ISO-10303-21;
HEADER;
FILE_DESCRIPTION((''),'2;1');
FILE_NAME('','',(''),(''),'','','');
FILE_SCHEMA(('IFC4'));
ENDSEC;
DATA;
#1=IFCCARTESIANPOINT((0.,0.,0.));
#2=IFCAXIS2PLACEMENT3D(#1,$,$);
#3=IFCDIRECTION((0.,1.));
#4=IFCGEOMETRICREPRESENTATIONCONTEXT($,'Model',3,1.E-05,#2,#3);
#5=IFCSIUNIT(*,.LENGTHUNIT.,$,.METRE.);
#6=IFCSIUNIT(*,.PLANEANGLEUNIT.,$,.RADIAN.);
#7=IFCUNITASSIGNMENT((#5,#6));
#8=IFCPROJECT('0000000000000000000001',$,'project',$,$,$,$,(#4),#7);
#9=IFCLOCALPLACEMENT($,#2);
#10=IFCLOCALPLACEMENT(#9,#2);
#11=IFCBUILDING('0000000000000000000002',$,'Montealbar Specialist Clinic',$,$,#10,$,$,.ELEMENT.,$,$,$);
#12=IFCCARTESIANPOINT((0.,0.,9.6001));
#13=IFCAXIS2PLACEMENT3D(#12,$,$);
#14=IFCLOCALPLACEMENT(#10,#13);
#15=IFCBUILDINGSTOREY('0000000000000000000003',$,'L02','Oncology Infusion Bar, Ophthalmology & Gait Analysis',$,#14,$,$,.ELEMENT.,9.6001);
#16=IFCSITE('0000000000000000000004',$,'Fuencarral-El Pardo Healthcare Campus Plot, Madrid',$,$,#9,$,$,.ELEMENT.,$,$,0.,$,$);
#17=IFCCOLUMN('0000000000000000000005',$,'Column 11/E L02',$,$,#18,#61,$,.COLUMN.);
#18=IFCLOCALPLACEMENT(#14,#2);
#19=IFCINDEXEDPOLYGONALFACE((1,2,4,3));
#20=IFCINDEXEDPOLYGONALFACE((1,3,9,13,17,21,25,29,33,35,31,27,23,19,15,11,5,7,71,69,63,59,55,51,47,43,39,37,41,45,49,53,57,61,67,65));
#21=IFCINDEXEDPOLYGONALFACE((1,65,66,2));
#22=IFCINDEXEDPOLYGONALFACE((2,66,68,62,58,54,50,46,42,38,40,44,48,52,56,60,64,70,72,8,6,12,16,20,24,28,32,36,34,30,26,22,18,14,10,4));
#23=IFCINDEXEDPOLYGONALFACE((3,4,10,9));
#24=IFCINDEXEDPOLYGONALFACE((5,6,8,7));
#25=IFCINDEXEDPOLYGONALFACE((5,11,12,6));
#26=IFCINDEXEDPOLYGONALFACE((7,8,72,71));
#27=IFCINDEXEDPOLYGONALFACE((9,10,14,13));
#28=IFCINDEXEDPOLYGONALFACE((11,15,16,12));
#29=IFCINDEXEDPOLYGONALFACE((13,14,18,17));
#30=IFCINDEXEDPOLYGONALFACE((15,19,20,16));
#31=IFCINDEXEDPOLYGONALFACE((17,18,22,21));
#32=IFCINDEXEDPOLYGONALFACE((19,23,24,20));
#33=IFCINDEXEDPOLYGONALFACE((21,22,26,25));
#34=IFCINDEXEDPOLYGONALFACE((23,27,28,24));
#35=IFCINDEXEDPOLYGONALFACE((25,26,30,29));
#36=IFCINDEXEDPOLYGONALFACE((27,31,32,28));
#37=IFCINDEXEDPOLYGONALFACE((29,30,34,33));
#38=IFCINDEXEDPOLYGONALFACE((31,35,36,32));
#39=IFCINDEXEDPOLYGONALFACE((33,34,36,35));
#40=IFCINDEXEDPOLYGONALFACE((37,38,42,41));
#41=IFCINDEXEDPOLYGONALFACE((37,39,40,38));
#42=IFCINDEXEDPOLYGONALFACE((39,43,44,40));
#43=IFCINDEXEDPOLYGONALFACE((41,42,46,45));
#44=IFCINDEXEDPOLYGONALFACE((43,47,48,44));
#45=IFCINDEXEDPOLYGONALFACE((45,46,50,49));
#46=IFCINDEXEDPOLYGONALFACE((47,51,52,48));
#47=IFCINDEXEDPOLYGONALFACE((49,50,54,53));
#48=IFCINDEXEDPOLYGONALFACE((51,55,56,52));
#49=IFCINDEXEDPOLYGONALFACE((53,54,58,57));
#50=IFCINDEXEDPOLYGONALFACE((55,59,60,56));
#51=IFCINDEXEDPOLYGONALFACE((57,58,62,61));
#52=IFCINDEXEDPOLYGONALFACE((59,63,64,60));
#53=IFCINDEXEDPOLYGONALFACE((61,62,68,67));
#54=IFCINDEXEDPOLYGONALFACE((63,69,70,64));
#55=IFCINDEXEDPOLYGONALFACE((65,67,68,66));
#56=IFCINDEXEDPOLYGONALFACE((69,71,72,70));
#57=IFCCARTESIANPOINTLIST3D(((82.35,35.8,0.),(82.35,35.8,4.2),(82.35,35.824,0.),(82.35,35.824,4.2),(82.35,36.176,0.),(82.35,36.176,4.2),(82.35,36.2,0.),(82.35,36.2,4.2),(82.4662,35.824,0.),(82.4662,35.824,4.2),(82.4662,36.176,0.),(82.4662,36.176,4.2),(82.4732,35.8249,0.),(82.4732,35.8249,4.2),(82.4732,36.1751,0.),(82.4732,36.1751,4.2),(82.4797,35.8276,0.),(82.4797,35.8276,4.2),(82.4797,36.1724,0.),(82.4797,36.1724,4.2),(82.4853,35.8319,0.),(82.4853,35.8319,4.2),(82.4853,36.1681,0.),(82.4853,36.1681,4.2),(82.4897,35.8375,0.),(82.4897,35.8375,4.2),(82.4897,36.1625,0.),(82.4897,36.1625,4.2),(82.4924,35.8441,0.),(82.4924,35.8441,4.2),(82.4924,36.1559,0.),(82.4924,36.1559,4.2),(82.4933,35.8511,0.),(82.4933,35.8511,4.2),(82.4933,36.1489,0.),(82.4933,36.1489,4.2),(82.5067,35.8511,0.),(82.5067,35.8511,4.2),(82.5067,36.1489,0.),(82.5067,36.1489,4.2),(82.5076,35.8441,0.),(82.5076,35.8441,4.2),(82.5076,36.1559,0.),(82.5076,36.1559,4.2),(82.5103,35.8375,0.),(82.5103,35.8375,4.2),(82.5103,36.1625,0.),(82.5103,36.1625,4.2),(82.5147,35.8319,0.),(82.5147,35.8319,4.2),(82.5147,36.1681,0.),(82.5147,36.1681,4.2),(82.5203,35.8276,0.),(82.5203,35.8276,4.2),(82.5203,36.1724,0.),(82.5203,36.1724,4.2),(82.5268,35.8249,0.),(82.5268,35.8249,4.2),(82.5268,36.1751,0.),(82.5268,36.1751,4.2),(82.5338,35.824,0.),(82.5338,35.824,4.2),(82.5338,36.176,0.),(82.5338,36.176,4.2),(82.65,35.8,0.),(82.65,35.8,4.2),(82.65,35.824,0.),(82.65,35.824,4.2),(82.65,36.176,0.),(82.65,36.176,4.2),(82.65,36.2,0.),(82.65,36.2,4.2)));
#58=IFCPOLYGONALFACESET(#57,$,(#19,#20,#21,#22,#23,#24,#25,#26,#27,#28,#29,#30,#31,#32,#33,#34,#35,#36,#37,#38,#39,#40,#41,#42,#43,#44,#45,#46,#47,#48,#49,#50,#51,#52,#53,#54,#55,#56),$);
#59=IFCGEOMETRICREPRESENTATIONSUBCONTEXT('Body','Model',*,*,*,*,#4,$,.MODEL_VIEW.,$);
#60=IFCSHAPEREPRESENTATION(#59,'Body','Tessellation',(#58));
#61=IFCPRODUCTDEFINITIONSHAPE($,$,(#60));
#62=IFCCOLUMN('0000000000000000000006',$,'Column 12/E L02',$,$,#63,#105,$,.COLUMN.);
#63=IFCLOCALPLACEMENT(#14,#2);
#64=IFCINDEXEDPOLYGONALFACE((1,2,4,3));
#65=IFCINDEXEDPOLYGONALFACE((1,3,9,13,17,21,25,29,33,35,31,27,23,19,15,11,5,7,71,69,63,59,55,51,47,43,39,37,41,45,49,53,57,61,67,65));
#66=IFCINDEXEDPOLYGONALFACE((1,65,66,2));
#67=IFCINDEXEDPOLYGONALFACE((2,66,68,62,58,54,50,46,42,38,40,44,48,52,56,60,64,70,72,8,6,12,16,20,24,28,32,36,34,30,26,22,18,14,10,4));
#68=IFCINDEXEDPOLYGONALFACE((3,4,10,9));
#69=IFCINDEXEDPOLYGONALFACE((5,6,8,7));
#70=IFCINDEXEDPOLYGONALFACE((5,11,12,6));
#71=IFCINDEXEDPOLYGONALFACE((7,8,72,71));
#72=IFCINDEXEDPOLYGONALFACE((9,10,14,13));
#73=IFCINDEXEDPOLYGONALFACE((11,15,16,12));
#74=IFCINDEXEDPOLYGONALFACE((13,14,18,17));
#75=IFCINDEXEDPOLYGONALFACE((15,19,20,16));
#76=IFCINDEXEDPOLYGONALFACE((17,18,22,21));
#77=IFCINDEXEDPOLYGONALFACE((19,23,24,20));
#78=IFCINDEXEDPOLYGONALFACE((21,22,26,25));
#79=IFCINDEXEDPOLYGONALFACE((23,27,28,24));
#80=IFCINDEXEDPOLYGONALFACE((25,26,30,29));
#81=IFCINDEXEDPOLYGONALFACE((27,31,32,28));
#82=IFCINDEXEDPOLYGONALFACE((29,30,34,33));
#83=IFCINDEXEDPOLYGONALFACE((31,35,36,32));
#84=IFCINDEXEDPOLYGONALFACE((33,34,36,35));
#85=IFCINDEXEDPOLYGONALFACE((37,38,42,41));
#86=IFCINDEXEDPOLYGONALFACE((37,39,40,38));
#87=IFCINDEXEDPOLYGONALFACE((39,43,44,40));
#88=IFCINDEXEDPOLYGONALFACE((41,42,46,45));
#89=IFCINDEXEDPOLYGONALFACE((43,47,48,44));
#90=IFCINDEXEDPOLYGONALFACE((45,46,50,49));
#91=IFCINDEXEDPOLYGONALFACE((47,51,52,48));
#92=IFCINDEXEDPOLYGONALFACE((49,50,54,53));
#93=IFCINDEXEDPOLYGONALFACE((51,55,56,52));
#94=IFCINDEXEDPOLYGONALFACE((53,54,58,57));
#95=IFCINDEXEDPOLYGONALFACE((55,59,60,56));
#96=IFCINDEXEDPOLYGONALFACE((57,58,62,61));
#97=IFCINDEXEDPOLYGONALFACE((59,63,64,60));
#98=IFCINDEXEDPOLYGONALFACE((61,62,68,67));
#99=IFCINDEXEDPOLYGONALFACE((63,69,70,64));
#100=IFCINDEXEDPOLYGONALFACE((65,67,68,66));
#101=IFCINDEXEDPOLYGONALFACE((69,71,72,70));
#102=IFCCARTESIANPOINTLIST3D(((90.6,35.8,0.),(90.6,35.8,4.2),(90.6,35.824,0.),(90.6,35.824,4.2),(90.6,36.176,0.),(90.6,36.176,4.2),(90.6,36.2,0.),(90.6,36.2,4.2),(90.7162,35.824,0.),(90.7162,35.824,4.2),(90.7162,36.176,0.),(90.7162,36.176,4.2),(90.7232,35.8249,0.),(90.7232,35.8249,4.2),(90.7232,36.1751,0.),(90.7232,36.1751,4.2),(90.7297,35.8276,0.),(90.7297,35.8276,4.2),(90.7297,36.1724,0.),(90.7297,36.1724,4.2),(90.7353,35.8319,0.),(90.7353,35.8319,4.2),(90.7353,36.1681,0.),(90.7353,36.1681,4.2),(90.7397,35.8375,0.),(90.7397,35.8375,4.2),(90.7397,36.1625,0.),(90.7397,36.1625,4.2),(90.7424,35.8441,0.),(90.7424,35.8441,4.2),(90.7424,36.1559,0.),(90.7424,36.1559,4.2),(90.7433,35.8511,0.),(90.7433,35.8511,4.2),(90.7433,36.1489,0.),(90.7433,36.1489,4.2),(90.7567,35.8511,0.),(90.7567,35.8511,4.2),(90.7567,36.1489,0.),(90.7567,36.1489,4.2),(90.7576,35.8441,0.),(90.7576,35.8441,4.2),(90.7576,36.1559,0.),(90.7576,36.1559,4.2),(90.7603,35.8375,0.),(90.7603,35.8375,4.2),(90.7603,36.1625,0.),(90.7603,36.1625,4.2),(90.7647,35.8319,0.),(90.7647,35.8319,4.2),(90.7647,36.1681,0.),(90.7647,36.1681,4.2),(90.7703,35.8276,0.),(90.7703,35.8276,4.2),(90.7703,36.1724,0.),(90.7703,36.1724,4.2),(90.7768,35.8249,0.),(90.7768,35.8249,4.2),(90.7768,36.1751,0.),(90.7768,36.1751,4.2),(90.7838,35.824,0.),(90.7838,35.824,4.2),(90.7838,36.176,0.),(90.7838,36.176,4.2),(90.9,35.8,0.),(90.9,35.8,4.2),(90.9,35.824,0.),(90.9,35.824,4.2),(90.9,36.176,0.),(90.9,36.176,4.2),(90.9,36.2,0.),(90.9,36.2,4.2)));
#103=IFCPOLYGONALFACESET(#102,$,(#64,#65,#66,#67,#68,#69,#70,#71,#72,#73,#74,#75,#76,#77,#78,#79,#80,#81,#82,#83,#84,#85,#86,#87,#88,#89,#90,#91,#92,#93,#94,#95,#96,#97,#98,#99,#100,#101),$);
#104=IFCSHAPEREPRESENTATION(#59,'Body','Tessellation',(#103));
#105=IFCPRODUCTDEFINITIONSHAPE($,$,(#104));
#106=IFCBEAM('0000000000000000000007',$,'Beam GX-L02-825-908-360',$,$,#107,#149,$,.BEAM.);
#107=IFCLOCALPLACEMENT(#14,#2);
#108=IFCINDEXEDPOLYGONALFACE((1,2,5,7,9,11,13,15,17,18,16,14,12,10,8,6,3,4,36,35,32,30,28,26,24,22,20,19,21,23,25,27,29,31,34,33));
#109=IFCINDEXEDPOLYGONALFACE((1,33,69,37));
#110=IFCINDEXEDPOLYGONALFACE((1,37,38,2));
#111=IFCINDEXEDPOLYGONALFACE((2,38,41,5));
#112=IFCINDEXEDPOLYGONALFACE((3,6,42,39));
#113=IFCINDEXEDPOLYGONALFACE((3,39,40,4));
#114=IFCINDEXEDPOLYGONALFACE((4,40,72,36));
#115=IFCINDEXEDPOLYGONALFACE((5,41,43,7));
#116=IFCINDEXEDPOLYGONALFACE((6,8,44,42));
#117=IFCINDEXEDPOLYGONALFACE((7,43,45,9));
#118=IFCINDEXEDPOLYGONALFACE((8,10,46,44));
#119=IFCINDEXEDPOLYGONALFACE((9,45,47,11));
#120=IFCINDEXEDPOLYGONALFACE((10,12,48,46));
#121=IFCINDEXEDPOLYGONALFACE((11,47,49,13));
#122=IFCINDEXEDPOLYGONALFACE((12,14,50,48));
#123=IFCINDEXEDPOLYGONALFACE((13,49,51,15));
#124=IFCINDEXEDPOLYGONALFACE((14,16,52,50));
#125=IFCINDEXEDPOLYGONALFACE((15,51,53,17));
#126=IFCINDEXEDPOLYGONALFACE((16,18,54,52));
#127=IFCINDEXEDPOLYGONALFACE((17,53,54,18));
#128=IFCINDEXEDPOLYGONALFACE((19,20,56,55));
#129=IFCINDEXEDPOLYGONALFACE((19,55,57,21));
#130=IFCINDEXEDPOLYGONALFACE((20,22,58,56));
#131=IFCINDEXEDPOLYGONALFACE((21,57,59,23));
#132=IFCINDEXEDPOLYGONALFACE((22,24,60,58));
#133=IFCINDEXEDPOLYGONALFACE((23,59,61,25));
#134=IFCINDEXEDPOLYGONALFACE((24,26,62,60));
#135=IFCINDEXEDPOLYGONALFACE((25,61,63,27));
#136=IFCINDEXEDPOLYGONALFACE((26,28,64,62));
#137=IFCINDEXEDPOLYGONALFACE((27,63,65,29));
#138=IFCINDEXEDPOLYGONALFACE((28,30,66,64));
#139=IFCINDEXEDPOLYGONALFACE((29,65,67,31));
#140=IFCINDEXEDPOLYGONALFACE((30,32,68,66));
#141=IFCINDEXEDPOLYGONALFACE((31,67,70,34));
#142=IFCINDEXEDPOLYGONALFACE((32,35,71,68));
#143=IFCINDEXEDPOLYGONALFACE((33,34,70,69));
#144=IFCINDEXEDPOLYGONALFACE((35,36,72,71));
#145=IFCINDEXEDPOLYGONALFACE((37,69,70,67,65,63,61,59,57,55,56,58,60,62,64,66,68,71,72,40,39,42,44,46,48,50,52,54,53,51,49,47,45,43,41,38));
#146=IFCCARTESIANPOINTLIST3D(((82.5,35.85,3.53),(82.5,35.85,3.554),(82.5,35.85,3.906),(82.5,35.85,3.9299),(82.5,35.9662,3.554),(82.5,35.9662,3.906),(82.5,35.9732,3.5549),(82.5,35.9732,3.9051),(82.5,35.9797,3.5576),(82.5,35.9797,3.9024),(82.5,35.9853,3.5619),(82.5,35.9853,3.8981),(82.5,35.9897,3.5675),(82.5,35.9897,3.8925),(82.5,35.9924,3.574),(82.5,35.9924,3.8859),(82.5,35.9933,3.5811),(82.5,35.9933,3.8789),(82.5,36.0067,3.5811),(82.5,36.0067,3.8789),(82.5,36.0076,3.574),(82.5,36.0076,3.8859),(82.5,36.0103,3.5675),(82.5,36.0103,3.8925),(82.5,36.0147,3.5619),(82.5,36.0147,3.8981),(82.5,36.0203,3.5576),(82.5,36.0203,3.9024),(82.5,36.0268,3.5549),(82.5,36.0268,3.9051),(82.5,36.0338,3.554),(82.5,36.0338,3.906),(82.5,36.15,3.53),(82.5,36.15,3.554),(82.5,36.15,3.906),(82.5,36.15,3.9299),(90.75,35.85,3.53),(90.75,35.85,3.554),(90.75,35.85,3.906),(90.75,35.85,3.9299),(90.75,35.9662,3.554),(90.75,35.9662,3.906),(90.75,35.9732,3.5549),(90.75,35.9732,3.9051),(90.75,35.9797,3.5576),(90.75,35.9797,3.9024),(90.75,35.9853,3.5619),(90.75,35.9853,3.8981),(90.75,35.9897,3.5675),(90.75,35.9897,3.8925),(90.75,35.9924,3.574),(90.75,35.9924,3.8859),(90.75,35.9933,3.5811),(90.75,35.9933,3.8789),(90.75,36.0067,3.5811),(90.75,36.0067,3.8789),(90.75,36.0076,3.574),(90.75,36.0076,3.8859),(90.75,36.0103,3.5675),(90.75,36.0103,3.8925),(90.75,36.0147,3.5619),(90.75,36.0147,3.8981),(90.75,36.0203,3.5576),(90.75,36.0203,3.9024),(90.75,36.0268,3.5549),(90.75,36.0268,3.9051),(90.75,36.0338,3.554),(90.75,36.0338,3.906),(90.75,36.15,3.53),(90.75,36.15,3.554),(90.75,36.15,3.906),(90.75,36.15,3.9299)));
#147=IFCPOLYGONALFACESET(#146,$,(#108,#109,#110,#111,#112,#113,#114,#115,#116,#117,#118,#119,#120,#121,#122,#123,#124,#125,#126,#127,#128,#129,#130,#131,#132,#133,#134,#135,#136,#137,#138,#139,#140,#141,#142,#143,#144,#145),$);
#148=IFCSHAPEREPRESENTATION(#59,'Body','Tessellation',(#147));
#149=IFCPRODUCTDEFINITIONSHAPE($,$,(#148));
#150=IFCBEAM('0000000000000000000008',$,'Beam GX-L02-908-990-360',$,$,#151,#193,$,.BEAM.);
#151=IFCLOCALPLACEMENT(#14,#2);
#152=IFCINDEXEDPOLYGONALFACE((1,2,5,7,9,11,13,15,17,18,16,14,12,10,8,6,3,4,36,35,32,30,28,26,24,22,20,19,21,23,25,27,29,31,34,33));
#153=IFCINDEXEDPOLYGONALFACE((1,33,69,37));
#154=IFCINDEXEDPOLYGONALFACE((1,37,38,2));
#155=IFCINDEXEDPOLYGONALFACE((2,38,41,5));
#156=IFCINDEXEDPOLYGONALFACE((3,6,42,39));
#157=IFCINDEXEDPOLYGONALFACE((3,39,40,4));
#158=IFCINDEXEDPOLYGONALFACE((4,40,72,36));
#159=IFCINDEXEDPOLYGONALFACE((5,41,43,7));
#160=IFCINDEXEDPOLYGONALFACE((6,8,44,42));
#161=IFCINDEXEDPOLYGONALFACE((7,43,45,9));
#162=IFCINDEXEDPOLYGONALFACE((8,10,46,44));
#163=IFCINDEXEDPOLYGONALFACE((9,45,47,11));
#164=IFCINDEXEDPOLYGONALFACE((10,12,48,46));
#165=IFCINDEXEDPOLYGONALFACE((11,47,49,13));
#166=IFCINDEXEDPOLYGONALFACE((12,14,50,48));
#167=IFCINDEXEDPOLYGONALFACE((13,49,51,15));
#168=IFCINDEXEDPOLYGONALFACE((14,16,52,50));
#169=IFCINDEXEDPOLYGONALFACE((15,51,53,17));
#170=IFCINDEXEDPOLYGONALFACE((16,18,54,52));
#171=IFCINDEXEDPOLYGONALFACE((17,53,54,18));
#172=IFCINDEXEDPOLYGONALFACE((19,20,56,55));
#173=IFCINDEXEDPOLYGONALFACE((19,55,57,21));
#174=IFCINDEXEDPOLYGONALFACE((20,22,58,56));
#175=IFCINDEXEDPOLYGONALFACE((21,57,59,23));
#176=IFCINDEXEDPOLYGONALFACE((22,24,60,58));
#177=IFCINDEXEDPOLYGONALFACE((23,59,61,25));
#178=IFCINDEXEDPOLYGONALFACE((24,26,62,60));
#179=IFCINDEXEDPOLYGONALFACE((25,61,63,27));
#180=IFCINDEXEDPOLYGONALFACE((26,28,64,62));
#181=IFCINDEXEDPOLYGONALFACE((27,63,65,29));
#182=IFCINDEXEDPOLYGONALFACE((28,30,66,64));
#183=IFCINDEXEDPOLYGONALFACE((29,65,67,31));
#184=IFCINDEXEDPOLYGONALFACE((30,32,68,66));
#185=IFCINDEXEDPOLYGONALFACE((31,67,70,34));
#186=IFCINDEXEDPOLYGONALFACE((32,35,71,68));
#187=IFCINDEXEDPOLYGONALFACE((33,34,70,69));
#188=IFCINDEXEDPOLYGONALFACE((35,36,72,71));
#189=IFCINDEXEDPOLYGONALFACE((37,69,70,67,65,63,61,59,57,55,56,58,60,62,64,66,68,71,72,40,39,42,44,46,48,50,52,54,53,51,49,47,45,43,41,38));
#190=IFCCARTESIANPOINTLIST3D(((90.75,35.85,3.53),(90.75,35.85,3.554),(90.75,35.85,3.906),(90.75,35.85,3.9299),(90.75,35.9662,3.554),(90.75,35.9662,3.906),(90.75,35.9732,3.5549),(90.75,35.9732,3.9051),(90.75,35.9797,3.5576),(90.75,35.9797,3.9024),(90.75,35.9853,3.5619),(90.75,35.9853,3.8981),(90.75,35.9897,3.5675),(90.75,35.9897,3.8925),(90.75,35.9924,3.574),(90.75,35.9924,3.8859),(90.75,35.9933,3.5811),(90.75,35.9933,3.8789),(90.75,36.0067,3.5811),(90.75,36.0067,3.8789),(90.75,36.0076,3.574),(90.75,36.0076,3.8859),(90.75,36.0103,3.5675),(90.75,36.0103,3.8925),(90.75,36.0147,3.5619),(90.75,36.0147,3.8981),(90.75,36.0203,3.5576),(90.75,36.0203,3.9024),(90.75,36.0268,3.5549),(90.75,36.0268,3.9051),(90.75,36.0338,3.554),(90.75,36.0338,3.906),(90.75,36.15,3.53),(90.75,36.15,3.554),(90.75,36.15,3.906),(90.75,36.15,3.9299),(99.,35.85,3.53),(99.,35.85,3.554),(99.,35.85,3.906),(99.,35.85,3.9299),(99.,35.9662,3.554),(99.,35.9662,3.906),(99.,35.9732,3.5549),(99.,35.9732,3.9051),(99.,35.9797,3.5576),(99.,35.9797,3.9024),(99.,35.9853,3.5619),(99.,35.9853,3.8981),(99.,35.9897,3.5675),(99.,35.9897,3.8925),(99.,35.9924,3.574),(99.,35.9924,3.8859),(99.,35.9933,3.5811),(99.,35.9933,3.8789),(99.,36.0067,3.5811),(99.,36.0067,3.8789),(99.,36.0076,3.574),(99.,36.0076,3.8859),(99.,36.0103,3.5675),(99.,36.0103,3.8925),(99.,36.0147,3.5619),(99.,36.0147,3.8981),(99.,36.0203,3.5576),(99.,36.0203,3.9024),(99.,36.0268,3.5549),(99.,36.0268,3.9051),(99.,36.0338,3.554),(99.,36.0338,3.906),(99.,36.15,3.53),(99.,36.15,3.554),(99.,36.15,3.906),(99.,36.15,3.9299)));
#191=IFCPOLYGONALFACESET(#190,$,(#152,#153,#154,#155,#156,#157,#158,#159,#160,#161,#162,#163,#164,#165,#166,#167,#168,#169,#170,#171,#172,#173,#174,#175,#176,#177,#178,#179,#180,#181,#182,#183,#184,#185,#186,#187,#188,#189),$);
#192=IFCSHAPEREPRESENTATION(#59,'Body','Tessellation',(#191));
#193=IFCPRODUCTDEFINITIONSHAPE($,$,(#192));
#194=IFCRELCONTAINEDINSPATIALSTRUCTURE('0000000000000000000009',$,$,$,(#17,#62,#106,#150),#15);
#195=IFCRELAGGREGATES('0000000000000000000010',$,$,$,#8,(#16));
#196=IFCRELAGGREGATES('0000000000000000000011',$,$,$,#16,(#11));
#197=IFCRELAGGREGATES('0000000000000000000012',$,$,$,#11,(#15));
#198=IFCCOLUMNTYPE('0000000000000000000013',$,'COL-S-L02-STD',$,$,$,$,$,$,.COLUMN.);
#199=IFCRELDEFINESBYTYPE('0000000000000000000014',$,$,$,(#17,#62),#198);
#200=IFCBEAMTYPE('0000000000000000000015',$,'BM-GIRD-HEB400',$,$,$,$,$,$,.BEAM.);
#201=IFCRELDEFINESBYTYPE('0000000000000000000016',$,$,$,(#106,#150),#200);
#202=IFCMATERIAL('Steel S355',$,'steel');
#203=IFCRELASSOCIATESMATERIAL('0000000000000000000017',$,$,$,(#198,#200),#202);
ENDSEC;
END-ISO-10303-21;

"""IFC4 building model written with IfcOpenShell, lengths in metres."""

from ifc_helpers import new_model, si_unit, direction, frame, origin, origin_2d, place, context, subcontext, project, spatial, i_section, extrude, material, material_profile, profile_set, type_object, element, save


model = new_model("IFC4")

# Units and contexts
model_context = context("Model", 3, precision=1e-05, world=origin(), true_north=direction((0.0, 1.0)))
body_context = subcontext(model_context, "Body", "Model", "MODEL_VIEW")
ifc_project = project(units=[si_unit("LENGTHUNIT", "METRE"), si_unit("PLANEANGLEUNIT", "RADIAN")], contexts=[model_context])

# Site, building, storey
site_placement = place(None, origin())
site = spatial("IfcSite", under=ifc_project, at=site_placement, Name="Fuencarral-El Pardo Healthcare Campus Plot, Madrid", CompositionType="ELEMENT", RefElevation=0.0)
building_placement = place(site_placement, origin())
building = spatial("IfcBuilding", under=site, at=building_placement, Name="Montealbar Specialist Clinic", CompositionType="ELEMENT")
storey_placement = place(building_placement, frame((0.0, 0.0, 9.6001)))
storey = spatial("IfcBuildingStorey", under=building, at=storey_placement, Name="L02", Description="Oncology Infusion Bar, Ophthalmology & Gait Analysis", CompositionType="ELEMENT", Elevation=9.6001)

# Columns
ifc_material_1 = material(Name="Steel S355", Category="steel")
ifc_material_profile_1 = material_profile(ifc_material_1, i_section(OverallWidth=0.3, OverallDepth=0.3999, WebThickness=0.0134, FlangeThickness=0.0239, FilletRadius=0.0271, at=origin_2d()), Name="HEB 400", Category="steel")
ifc_profile_set_1 = profile_set([ifc_material_profile_1], Name="Steel S355")
column_type = type_object("IfcColumnType", Name="COL-S-L02-STD", PredefinedType="COLUMN", material=ifc_profile_set_1)
for number, where, z_axis, x_axis, name in (
    (1, (82.5, 36.0, 0.0), (0.0, 0.0, 1.0), (1.0, 0.0, 0.0), "Column 11/E L02"),
    (2, (90.75, 36.0, 0.0), (0.0, 0.0, 1.0), (1.0, 0.0, 0.0), "Column 12/E L02"),
):
    element("IfcColumn", number, at=place(storey_placement, frame(where, z_axis=z_axis, x_axis=x_axis)), inside=storey, type_object=column_type, Name=name, PredefinedType="COLUMN", context=body_context, shape_type="SweptSolid", body=[
        extrude(i_section(OverallWidth=0.3, OverallDepth=0.3999, WebThickness=0.0134, FlangeThickness=0.0239, FilletRadius=0.0271, at=origin_2d()), origin(), (0.0, 0.0, 1.0), 4.2),
    ])

# Beams
ifc_material_profile_2 = material_profile(ifc_material_1, i_section(OverallWidth=0.3, OverallDepth=0.3999, WebThickness=0.0134, FlangeThickness=0.0239, FilletRadius=0.0271, at=origin_2d()), Name="HEB 400", Category="steel")
ifc_profile_set_2 = profile_set([ifc_material_profile_2], Name="Steel S355")
beam_type_1 = type_object("IfcBeamType", Name="BM-GIRD-HEB400", PredefinedType="BEAM", material=ifc_profile_set_2)
for number, where, z_axis, x_axis, name in (
    (3, (82.5, 36.0, 3.73), (1.0, 0.0, 0.0), (0.0, 1.0, 0.0), "Beam GX-L02-825-908-360"),
    (4, (90.75, 36.0, 3.73), (1.0, 0.0, 0.0), (0.0, 1.0, 0.0), "Beam GX-L02-908-990-360"),
):
    element("IfcBeam", number, at=place(storey_placement, frame(where, z_axis=z_axis, x_axis=x_axis)), inside=storey, type_object=beam_type_1, Name=name, PredefinedType="BEAM", context=body_context, shape_type="SweptSolid", body=[
        extrude(i_section(OverallWidth=0.3, OverallDepth=0.3999, WebThickness=0.0134, FlangeThickness=0.0239, FilletRadius=0.0271, at=origin_2d()), origin(), (0.0, 0.0, 1.0), 8.25),
    ])

save(model, "model.ifc")
